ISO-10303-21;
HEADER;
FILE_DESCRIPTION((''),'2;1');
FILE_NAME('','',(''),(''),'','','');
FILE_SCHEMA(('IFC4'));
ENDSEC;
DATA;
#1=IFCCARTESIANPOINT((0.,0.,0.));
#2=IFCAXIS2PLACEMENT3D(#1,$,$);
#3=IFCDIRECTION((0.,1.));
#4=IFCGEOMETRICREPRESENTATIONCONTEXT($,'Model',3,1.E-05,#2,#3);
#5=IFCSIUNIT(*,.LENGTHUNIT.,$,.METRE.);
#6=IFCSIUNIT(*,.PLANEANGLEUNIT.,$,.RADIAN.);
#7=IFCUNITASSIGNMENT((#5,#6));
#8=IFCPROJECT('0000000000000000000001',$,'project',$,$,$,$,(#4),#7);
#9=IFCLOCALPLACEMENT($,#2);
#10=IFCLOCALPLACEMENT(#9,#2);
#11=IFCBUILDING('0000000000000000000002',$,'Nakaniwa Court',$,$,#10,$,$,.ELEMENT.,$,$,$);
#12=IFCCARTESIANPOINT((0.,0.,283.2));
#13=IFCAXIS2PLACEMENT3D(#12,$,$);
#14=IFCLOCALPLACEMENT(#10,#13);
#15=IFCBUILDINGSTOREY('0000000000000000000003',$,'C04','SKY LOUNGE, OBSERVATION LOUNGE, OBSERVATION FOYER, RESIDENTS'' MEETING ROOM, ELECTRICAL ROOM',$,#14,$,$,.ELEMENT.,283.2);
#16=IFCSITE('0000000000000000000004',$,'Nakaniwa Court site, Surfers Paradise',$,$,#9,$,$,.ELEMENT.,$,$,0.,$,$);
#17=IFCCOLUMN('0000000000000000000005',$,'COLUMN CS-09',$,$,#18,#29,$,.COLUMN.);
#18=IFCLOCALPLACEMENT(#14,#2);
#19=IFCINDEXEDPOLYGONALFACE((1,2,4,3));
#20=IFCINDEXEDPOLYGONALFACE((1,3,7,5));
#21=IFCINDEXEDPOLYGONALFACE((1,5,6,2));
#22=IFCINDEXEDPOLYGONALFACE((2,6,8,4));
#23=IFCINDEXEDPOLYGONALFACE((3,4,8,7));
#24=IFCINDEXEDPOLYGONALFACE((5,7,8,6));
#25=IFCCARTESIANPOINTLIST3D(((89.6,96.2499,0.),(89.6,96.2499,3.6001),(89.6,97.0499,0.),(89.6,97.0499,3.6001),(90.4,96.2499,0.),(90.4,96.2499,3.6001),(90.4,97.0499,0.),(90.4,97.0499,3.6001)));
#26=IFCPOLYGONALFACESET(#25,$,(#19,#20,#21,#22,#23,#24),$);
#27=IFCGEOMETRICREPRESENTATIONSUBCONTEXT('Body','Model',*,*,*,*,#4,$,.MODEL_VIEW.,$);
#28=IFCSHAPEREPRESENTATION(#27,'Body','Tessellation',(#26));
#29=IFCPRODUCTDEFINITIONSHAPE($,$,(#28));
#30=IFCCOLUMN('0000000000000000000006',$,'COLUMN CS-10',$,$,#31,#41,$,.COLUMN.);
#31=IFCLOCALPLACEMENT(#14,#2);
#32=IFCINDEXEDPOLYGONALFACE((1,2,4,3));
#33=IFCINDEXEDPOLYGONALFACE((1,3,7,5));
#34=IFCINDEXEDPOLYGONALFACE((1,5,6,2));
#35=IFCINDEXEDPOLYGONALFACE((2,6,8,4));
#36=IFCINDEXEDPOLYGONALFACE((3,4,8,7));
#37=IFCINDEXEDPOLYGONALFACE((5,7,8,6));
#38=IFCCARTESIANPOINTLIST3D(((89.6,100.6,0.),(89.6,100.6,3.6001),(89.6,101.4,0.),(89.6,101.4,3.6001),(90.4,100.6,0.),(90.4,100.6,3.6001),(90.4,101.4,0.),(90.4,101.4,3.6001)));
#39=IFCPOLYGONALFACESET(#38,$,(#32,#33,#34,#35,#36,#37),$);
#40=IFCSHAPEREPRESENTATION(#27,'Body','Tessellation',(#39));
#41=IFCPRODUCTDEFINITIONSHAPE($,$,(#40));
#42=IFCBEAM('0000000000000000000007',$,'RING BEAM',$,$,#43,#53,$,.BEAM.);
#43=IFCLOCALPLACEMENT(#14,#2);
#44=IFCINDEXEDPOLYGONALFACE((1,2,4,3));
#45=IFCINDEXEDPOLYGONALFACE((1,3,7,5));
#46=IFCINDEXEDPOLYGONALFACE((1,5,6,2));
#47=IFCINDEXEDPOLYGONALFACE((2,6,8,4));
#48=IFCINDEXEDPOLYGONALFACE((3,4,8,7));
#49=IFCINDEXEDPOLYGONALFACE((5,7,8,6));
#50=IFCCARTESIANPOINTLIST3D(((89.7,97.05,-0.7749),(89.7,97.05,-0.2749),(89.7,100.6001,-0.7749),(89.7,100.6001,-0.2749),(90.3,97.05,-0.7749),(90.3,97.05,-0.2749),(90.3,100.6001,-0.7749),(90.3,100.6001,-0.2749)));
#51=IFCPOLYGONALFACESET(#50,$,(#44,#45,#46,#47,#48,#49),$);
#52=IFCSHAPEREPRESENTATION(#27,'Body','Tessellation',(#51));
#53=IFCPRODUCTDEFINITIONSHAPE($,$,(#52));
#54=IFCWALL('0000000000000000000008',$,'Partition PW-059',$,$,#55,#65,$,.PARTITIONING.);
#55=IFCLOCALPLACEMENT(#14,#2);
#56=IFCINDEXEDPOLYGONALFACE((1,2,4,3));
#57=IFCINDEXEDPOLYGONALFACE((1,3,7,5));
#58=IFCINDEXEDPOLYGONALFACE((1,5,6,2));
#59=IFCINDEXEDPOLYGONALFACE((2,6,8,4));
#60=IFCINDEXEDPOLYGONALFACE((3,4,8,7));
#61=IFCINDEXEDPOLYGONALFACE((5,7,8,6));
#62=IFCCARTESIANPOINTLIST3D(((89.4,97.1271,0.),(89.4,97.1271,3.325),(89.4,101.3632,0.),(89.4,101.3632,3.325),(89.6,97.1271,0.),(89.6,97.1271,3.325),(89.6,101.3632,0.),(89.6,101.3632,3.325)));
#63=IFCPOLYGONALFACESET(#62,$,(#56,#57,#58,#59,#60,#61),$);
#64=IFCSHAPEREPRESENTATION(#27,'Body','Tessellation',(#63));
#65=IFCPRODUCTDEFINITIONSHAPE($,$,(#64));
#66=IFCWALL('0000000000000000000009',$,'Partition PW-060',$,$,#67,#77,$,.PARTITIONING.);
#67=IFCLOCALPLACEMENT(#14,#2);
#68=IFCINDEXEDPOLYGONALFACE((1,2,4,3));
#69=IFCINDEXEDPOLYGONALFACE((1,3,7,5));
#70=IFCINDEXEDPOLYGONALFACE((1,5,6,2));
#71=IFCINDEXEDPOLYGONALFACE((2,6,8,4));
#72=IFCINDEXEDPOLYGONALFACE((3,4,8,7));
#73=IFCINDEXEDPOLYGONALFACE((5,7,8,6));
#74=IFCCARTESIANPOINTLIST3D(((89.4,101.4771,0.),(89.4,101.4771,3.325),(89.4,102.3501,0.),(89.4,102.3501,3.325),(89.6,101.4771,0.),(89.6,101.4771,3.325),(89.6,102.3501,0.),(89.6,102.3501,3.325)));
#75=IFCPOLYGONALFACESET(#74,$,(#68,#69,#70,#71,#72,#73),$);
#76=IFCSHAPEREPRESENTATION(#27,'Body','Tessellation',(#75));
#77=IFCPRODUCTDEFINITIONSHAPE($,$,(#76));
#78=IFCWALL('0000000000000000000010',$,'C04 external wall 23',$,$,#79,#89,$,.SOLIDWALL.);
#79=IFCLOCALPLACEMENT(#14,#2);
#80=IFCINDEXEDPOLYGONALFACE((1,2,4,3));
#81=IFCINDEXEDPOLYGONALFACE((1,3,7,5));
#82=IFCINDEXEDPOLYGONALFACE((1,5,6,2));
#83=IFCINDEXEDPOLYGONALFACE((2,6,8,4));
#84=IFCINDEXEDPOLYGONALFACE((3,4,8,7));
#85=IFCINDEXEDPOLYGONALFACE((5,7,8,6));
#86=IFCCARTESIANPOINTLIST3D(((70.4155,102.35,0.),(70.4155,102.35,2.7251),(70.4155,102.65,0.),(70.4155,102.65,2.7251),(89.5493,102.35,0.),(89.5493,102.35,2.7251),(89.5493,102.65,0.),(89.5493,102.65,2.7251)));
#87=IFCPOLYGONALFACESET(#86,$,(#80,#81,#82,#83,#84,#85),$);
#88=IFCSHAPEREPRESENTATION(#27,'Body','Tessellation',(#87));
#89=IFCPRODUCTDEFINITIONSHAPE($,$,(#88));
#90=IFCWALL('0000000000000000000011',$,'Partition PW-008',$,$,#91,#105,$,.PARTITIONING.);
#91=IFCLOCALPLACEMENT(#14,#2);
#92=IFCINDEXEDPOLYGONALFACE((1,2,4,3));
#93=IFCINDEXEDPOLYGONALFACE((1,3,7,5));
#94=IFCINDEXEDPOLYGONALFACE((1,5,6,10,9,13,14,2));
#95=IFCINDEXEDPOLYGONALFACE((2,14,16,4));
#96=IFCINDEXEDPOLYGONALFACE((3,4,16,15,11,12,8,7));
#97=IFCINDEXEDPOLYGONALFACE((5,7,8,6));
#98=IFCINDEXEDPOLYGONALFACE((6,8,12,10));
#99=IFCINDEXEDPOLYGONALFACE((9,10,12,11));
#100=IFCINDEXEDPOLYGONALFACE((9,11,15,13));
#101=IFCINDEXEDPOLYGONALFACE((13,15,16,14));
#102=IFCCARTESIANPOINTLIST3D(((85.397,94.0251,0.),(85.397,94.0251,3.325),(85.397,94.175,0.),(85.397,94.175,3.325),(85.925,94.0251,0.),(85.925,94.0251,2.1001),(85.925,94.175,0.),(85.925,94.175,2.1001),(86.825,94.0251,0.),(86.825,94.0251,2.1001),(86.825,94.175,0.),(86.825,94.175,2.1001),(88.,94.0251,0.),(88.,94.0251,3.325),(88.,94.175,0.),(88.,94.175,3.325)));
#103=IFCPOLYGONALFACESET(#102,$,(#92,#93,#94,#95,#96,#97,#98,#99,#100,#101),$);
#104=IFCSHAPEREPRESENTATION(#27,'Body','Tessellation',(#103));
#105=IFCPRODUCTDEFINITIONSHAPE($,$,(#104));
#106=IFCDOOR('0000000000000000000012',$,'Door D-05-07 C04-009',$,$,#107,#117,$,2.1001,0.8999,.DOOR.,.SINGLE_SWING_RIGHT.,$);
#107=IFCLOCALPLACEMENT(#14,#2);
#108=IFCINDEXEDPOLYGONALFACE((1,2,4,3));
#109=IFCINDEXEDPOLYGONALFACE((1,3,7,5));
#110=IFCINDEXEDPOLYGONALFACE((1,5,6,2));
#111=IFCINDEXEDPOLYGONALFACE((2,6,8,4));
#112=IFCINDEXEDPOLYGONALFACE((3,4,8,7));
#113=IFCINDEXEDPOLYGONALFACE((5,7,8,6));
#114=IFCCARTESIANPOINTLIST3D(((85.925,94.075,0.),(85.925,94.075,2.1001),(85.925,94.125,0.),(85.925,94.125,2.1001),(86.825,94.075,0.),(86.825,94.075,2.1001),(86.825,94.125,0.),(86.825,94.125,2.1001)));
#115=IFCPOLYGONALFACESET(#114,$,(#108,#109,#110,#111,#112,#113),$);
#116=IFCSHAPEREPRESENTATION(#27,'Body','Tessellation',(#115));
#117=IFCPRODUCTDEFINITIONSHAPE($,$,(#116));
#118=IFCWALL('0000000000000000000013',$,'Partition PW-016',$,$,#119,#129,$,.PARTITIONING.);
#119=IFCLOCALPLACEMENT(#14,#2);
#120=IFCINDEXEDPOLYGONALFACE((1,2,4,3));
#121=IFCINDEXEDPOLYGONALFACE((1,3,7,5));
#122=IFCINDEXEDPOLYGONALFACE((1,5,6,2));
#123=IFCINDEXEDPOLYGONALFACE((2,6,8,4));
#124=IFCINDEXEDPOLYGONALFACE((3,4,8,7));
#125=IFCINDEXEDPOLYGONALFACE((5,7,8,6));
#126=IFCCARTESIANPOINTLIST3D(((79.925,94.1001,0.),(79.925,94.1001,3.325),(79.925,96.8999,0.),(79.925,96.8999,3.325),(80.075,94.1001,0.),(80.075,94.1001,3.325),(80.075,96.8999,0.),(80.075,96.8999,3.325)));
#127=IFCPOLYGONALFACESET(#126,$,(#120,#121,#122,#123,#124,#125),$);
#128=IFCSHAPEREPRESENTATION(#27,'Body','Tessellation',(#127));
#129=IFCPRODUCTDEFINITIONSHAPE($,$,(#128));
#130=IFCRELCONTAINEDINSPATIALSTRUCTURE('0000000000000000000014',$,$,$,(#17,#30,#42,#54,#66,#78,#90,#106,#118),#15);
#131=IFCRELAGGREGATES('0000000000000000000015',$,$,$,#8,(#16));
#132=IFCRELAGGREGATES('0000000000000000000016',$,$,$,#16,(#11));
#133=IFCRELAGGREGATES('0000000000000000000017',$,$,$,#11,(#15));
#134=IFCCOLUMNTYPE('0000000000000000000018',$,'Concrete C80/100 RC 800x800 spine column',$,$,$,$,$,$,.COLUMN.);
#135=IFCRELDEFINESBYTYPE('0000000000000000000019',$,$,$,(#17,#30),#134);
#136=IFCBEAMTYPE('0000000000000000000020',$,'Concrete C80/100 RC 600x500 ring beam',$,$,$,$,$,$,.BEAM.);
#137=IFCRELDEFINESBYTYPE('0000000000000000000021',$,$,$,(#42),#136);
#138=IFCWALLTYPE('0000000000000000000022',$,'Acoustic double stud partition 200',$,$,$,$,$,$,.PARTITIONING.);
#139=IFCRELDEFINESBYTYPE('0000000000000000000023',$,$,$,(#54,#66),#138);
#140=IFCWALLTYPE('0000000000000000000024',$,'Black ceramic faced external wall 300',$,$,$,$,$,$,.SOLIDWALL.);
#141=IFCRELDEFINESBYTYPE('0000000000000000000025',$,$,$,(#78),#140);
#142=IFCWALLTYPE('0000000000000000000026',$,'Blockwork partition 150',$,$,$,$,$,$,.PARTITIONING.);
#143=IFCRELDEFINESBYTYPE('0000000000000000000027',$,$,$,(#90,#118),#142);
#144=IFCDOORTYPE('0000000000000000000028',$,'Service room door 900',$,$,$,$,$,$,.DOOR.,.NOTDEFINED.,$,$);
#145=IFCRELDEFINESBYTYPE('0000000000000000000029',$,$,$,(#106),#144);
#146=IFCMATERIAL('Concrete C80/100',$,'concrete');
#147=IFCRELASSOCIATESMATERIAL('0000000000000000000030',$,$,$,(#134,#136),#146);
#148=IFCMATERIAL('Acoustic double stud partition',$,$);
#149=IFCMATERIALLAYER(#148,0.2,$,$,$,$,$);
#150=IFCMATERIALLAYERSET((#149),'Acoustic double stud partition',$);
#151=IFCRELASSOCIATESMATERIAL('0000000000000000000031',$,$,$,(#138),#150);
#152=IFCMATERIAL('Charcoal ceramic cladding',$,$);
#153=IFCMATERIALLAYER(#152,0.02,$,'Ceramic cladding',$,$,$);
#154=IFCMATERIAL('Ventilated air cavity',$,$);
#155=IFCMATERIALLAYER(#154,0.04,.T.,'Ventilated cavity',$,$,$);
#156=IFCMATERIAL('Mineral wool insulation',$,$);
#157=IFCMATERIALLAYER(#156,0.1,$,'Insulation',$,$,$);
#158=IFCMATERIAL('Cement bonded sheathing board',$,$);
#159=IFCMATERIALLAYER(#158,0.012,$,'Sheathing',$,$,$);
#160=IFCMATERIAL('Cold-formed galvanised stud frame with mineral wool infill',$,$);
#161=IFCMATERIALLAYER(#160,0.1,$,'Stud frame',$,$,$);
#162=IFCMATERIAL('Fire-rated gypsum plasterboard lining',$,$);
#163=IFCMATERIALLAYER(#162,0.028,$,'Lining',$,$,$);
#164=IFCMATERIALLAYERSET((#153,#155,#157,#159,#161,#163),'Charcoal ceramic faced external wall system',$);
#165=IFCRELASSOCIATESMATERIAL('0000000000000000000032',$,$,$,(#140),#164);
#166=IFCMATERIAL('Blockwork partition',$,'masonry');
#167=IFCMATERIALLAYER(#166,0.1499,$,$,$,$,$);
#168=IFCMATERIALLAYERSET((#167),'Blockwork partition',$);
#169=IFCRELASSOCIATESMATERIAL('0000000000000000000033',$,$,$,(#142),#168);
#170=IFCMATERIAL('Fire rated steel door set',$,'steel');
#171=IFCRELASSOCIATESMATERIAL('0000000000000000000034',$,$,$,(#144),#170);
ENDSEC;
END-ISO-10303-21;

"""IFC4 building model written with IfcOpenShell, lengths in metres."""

from ifc_helpers import new_model, si_unit, direction, frame, frame_2d, origin, origin_2d, place, context, subcontext, project, spatial, rectangle, extrude, material, layer, layer_set, material_profile, profile_set, type_object, element, fill, save


model = new_model("IFC4")

# Units and contexts
model_context = context("Model", 3, precision=1e-05, world=origin(), true_north=direction((0.0, 1.0)))
body_context = subcontext(model_context, "Body", "Model", "MODEL_VIEW")
ifc_project = project(units=[si_unit("LENGTHUNIT", "METRE"), si_unit("PLANEANGLEUNIT", "RADIAN")], contexts=[model_context])

# Site, building, storey
site_placement = place(None, origin())
site = spatial("IfcSite", under=ifc_project, at=site_placement, Name="Nakaniwa Court site, Surfers Paradise", CompositionType="ELEMENT", RefElevation=0.0)
building_placement = place(site_placement, origin())
building = spatial("IfcBuilding", under=site, at=building_placement, Name="Nakaniwa Court", CompositionType="ELEMENT")
storey_placement = place(building_placement, frame((0.0, 0.0, 283.2)))
storey = spatial("IfcBuildingStorey", under=building, at=storey_placement, Name="C04", Description="SKY LOUNGE, OBSERVATION LOUNGE, OBSERVATION FOYER, RESIDENTS' MEETING ROOM, ELECTRICAL ROOM", CompositionType="ELEMENT", Elevation=283.2)

# Columns
ifc_material_1 = material(Name="Concrete C80/100", Category="concrete")
ifc_material_profile_1 = material_profile(ifc_material_1, rectangle(XDim=0.8, YDim=0.8, at=origin_2d()), Name="Concrete C80/100 RC 800x800 spine column")
ifc_profile_set_1 = profile_set([ifc_material_profile_1], Name="Concrete C80/100")
column_type = type_object("IfcColumnType", Name="Concrete C80/100 RC 800x800 spine column", PredefinedType="COLUMN", material=ifc_profile_set_1)
for number, where, z_axis, x_axis, name in (
    (1, (90.0, 96.6499, 0.0), (0.0, 0.0, 1.0), (0.0, 1.0, 0.0), "COLUMN CS-09"),
    (2, (90.0, 101.0, 0.0), (0.0, 0.0, 1.0), (0.0, 1.0, 0.0), "COLUMN CS-10"),
):
    element("IfcColumn", number, at=place(storey_placement, frame(where, z_axis=z_axis, x_axis=x_axis)), inside=storey, type_object=column_type, Name=name, PredefinedType="COLUMN", context=body_context, shape_type="SweptSolid", body=[
        extrude(rectangle(XDim=0.8, YDim=0.8, at=origin_2d()), origin(), (0.0, 0.0, 1.0), 3.6001),
    ])

# Beam
ifc_material_profile_2 = material_profile(ifc_material_1, rectangle(XDim=0.6001, YDim=0.5, at=origin_2d()), Name="Concrete C80/100 RC 600x500 ring beam")
ifc_profile_set_2 = profile_set([ifc_material_profile_2], Name="Concrete C80/100")
beam_type = type_object("IfcBeamType", Name="Concrete C80/100 RC 600x500 ring beam", PredefinedType="BEAM", material=ifc_profile_set_2)
beam_placement = place(storey_placement, frame((90.0, 97.05, -0.5249), z_axis=(0.0, 1.0, 0.0), x_axis=(-1.0, 0.0, 0.0)))
element("IfcBeam", 3, at=beam_placement, inside=storey, type_object=beam_type, Name="RING BEAM", PredefinedType="BEAM", context=body_context, shape_type="SweptSolid", body=[
    extrude(rectangle(XDim=0.6001, YDim=0.5, at=origin_2d()), origin(), (0.0, 0.0, 1.0), 3.55),
])

# Walls
ifc_material_2 = material(Name="Acoustic double stud partition")
ifc_layer_1 = layer(ifc_material_2, 0.2)
ifc_layer_set_1 = layer_set([ifc_layer_1], Name="Acoustic double stud partition")
wall_type_1 = type_object("IfcWallType", Name="Acoustic double stud partition 200", PredefinedType="PARTITIONING", material=ifc_layer_set_1)
wall_1_placement = place(storey_placement, frame((89.5, 97.127, 0.0), z_axis=(0.0, 0.0, 1.0), x_axis=(0.0, 1.0, 0.0)))
element("IfcWall", 4, at=wall_1_placement, inside=storey, type_object=wall_type_1, Name="Partition PW-059", PredefinedType="PARTITIONING", context=body_context, shape_type="SweptSolid", body=[
    extrude(rectangle(XDim=4.2361, YDim=0.2, at=frame_2d((2.1182, 0.0))), origin(), (0.0, 0.0, 1.0), 3.325),
])
wall_2_placement = place(storey_placement, frame((89.5, 101.4771, 0.0), z_axis=(0.0, 0.0, 1.0), x_axis=(0.0, 1.0, 0.0)))
element("IfcWall", 5, at=wall_2_placement, inside=storey, type_object=wall_type_1, Name="Partition PW-060", PredefinedType="PARTITIONING", context=body_context, shape_type="SweptSolid", body=[
    extrude(rectangle(XDim=0.873, YDim=0.2, at=frame_2d((0.4365, 0.0))), origin(), (0.0, 0.0, 1.0), 3.325),
])
ifc_material_3 = material(Name="Charcoal ceramic cladding")
ifc_layer_2 = layer(ifc_material_3, 0.02, Name="Ceramic cladding")
ifc_material_4 = material(Name="Ventilated air cavity")
ifc_layer_3 = layer(ifc_material_4, 0.04, ventilated=True, Name="Ventilated cavity")
ifc_material_5 = material(Name="Mineral wool insulation")
ifc_layer_4 = layer(ifc_material_5, 0.1, Name="Insulation")
ifc_material_6 = material(Name="Cement bonded sheathing board")
ifc_layer_5 = layer(ifc_material_6, 0.012, Name="Sheathing")
ifc_material_7 = material(Name="Cold-formed galvanised stud frame with mineral wool infill")
ifc_layer_6 = layer(ifc_material_7, 0.1, Name="Stud frame")
ifc_material_8 = material(Name="Fire-rated gypsum plasterboard lining")
ifc_layer_7 = layer(ifc_material_8, 0.028, Name="Lining")
ifc_layer_set_2 = layer_set([ifc_layer_2, ifc_layer_3, ifc_layer_4, ifc_layer_5, ifc_layer_6, ifc_layer_7], Name="Charcoal ceramic faced external wall system")
wall_type_2 = type_object("IfcWallType", Name="Black ceramic faced external wall 300", PredefinedType="SOLIDWALL", material=ifc_layer_set_2)
wall_3_placement = place(storey_placement, frame((89.5493, 102.5, 0.0), z_axis=(0.0, 0.0, 1.0), x_axis=(-1.0, 0.0, 0.0)))
element("IfcWall", 6, at=wall_3_placement, inside=storey, type_object=wall_type_2, Name="C04 external wall 23", PredefinedType="SOLIDWALL", context=body_context, shape_type="SweptSolid", body=[
    extrude(rectangle(XDim=19.1338, YDim=0.3, at=frame_2d((9.5669, 0.0))), origin(), (0.0, 0.0, 1.0), 2.7251),
])

# Wall, opening, door
ifc_material_9 = material(Name="Blockwork partition", Category="masonry")
ifc_layer_8 = layer(ifc_material_9, 0.1499)
ifc_layer_set_3 = layer_set([ifc_layer_8], Name="Blockwork partition")
wall_type_3 = type_object("IfcWallType", Name="Blockwork partition 150", PredefinedType="PARTITIONING", material=ifc_layer_set_3)
wall_4_placement = place(storey_placement, frame((85.397, 94.1001, 0.0), z_axis=(0.0, 0.0, 1.0), x_axis=(1.0, 0.0, 0.0)))
wall_4 = element("IfcWall", 7, at=wall_4_placement, inside=storey, type_object=wall_type_3, Name="Partition PW-008", PredefinedType="PARTITIONING", context=body_context, shape_type="SweptSolid", body=[
    extrude(rectangle(XDim=2.603, YDim=0.1499, at=frame_2d((1.3015, 0.0))), origin(), (0.0, 0.0, 1.0), 3.325),
])
opening_1_placement = place(wall_4_placement, frame((0.5281, 0.0, 0.0)))
opening_1 = element("IfcOpeningElement", 8, at=opening_1_placement, cuts=wall_4, PredefinedType="OPENING", context=body_context, shape_type="SweptSolid", body=[
    extrude(rectangle(XDim=0.8999, YDim=2.1001, at=frame_2d((0.45, 1.05))), frame((0.0, 0.085, 0.0), z_axis=(0.0, -1.0, 0.0), x_axis=(1.0, 0.0, 0.0)), (0.0, 0.0, 1.0), 0.1699),
])
ifc_material_10 = material(Name="Fire rated steel door set", Category="steel")
door_type_1 = type_object("IfcDoorType", Name="Service room door 900", OperationType="NOTDEFINED", PredefinedType="DOOR", material=ifc_material_10)
door_1_placement = place(opening_1_placement, origin())
door_1 = element("IfcDoor", 9, at=door_1_placement, inside=storey, type_object=door_type_1, Name="Door D-05-07 C04-009", OperationType="SINGLE_SWING_RIGHT", OverallHeight=2.1001, OverallWidth=0.8999, PredefinedType="DOOR", context=body_context, shape_type="SweptSolid", body=[
    extrude(rectangle(XDim=0.8999, YDim=2.1001, at=frame_2d((0.45, 1.05))), frame((0.0, 0.0249, 0.0), z_axis=(0.0, -1.0, 0.0), x_axis=(1.0, 0.0, 0.0)), (0.0, 0.0, 1.0), 0.05),
])
fill(opening_1, door_1)

# Wall
wall_5_placement = place(storey_placement, frame((80.0, 94.1001, 0.0), z_axis=(0.0, 0.0, 1.0), x_axis=(0.0, 1.0, 0.0)))
element("IfcWall", 10, at=wall_5_placement, inside=storey, type_object=wall_type_3, Name="Partition PW-016", PredefinedType="PARTITIONING", context=body_context, shape_type="SweptSolid", body=[
    extrude(rectangle(XDim=2.7998, YDim=0.1499, at=frame_2d((1.3999, 0.0))), origin(), (0.0, 0.0, 1.0), 3.325),
])

save(model, "model.ifc")
